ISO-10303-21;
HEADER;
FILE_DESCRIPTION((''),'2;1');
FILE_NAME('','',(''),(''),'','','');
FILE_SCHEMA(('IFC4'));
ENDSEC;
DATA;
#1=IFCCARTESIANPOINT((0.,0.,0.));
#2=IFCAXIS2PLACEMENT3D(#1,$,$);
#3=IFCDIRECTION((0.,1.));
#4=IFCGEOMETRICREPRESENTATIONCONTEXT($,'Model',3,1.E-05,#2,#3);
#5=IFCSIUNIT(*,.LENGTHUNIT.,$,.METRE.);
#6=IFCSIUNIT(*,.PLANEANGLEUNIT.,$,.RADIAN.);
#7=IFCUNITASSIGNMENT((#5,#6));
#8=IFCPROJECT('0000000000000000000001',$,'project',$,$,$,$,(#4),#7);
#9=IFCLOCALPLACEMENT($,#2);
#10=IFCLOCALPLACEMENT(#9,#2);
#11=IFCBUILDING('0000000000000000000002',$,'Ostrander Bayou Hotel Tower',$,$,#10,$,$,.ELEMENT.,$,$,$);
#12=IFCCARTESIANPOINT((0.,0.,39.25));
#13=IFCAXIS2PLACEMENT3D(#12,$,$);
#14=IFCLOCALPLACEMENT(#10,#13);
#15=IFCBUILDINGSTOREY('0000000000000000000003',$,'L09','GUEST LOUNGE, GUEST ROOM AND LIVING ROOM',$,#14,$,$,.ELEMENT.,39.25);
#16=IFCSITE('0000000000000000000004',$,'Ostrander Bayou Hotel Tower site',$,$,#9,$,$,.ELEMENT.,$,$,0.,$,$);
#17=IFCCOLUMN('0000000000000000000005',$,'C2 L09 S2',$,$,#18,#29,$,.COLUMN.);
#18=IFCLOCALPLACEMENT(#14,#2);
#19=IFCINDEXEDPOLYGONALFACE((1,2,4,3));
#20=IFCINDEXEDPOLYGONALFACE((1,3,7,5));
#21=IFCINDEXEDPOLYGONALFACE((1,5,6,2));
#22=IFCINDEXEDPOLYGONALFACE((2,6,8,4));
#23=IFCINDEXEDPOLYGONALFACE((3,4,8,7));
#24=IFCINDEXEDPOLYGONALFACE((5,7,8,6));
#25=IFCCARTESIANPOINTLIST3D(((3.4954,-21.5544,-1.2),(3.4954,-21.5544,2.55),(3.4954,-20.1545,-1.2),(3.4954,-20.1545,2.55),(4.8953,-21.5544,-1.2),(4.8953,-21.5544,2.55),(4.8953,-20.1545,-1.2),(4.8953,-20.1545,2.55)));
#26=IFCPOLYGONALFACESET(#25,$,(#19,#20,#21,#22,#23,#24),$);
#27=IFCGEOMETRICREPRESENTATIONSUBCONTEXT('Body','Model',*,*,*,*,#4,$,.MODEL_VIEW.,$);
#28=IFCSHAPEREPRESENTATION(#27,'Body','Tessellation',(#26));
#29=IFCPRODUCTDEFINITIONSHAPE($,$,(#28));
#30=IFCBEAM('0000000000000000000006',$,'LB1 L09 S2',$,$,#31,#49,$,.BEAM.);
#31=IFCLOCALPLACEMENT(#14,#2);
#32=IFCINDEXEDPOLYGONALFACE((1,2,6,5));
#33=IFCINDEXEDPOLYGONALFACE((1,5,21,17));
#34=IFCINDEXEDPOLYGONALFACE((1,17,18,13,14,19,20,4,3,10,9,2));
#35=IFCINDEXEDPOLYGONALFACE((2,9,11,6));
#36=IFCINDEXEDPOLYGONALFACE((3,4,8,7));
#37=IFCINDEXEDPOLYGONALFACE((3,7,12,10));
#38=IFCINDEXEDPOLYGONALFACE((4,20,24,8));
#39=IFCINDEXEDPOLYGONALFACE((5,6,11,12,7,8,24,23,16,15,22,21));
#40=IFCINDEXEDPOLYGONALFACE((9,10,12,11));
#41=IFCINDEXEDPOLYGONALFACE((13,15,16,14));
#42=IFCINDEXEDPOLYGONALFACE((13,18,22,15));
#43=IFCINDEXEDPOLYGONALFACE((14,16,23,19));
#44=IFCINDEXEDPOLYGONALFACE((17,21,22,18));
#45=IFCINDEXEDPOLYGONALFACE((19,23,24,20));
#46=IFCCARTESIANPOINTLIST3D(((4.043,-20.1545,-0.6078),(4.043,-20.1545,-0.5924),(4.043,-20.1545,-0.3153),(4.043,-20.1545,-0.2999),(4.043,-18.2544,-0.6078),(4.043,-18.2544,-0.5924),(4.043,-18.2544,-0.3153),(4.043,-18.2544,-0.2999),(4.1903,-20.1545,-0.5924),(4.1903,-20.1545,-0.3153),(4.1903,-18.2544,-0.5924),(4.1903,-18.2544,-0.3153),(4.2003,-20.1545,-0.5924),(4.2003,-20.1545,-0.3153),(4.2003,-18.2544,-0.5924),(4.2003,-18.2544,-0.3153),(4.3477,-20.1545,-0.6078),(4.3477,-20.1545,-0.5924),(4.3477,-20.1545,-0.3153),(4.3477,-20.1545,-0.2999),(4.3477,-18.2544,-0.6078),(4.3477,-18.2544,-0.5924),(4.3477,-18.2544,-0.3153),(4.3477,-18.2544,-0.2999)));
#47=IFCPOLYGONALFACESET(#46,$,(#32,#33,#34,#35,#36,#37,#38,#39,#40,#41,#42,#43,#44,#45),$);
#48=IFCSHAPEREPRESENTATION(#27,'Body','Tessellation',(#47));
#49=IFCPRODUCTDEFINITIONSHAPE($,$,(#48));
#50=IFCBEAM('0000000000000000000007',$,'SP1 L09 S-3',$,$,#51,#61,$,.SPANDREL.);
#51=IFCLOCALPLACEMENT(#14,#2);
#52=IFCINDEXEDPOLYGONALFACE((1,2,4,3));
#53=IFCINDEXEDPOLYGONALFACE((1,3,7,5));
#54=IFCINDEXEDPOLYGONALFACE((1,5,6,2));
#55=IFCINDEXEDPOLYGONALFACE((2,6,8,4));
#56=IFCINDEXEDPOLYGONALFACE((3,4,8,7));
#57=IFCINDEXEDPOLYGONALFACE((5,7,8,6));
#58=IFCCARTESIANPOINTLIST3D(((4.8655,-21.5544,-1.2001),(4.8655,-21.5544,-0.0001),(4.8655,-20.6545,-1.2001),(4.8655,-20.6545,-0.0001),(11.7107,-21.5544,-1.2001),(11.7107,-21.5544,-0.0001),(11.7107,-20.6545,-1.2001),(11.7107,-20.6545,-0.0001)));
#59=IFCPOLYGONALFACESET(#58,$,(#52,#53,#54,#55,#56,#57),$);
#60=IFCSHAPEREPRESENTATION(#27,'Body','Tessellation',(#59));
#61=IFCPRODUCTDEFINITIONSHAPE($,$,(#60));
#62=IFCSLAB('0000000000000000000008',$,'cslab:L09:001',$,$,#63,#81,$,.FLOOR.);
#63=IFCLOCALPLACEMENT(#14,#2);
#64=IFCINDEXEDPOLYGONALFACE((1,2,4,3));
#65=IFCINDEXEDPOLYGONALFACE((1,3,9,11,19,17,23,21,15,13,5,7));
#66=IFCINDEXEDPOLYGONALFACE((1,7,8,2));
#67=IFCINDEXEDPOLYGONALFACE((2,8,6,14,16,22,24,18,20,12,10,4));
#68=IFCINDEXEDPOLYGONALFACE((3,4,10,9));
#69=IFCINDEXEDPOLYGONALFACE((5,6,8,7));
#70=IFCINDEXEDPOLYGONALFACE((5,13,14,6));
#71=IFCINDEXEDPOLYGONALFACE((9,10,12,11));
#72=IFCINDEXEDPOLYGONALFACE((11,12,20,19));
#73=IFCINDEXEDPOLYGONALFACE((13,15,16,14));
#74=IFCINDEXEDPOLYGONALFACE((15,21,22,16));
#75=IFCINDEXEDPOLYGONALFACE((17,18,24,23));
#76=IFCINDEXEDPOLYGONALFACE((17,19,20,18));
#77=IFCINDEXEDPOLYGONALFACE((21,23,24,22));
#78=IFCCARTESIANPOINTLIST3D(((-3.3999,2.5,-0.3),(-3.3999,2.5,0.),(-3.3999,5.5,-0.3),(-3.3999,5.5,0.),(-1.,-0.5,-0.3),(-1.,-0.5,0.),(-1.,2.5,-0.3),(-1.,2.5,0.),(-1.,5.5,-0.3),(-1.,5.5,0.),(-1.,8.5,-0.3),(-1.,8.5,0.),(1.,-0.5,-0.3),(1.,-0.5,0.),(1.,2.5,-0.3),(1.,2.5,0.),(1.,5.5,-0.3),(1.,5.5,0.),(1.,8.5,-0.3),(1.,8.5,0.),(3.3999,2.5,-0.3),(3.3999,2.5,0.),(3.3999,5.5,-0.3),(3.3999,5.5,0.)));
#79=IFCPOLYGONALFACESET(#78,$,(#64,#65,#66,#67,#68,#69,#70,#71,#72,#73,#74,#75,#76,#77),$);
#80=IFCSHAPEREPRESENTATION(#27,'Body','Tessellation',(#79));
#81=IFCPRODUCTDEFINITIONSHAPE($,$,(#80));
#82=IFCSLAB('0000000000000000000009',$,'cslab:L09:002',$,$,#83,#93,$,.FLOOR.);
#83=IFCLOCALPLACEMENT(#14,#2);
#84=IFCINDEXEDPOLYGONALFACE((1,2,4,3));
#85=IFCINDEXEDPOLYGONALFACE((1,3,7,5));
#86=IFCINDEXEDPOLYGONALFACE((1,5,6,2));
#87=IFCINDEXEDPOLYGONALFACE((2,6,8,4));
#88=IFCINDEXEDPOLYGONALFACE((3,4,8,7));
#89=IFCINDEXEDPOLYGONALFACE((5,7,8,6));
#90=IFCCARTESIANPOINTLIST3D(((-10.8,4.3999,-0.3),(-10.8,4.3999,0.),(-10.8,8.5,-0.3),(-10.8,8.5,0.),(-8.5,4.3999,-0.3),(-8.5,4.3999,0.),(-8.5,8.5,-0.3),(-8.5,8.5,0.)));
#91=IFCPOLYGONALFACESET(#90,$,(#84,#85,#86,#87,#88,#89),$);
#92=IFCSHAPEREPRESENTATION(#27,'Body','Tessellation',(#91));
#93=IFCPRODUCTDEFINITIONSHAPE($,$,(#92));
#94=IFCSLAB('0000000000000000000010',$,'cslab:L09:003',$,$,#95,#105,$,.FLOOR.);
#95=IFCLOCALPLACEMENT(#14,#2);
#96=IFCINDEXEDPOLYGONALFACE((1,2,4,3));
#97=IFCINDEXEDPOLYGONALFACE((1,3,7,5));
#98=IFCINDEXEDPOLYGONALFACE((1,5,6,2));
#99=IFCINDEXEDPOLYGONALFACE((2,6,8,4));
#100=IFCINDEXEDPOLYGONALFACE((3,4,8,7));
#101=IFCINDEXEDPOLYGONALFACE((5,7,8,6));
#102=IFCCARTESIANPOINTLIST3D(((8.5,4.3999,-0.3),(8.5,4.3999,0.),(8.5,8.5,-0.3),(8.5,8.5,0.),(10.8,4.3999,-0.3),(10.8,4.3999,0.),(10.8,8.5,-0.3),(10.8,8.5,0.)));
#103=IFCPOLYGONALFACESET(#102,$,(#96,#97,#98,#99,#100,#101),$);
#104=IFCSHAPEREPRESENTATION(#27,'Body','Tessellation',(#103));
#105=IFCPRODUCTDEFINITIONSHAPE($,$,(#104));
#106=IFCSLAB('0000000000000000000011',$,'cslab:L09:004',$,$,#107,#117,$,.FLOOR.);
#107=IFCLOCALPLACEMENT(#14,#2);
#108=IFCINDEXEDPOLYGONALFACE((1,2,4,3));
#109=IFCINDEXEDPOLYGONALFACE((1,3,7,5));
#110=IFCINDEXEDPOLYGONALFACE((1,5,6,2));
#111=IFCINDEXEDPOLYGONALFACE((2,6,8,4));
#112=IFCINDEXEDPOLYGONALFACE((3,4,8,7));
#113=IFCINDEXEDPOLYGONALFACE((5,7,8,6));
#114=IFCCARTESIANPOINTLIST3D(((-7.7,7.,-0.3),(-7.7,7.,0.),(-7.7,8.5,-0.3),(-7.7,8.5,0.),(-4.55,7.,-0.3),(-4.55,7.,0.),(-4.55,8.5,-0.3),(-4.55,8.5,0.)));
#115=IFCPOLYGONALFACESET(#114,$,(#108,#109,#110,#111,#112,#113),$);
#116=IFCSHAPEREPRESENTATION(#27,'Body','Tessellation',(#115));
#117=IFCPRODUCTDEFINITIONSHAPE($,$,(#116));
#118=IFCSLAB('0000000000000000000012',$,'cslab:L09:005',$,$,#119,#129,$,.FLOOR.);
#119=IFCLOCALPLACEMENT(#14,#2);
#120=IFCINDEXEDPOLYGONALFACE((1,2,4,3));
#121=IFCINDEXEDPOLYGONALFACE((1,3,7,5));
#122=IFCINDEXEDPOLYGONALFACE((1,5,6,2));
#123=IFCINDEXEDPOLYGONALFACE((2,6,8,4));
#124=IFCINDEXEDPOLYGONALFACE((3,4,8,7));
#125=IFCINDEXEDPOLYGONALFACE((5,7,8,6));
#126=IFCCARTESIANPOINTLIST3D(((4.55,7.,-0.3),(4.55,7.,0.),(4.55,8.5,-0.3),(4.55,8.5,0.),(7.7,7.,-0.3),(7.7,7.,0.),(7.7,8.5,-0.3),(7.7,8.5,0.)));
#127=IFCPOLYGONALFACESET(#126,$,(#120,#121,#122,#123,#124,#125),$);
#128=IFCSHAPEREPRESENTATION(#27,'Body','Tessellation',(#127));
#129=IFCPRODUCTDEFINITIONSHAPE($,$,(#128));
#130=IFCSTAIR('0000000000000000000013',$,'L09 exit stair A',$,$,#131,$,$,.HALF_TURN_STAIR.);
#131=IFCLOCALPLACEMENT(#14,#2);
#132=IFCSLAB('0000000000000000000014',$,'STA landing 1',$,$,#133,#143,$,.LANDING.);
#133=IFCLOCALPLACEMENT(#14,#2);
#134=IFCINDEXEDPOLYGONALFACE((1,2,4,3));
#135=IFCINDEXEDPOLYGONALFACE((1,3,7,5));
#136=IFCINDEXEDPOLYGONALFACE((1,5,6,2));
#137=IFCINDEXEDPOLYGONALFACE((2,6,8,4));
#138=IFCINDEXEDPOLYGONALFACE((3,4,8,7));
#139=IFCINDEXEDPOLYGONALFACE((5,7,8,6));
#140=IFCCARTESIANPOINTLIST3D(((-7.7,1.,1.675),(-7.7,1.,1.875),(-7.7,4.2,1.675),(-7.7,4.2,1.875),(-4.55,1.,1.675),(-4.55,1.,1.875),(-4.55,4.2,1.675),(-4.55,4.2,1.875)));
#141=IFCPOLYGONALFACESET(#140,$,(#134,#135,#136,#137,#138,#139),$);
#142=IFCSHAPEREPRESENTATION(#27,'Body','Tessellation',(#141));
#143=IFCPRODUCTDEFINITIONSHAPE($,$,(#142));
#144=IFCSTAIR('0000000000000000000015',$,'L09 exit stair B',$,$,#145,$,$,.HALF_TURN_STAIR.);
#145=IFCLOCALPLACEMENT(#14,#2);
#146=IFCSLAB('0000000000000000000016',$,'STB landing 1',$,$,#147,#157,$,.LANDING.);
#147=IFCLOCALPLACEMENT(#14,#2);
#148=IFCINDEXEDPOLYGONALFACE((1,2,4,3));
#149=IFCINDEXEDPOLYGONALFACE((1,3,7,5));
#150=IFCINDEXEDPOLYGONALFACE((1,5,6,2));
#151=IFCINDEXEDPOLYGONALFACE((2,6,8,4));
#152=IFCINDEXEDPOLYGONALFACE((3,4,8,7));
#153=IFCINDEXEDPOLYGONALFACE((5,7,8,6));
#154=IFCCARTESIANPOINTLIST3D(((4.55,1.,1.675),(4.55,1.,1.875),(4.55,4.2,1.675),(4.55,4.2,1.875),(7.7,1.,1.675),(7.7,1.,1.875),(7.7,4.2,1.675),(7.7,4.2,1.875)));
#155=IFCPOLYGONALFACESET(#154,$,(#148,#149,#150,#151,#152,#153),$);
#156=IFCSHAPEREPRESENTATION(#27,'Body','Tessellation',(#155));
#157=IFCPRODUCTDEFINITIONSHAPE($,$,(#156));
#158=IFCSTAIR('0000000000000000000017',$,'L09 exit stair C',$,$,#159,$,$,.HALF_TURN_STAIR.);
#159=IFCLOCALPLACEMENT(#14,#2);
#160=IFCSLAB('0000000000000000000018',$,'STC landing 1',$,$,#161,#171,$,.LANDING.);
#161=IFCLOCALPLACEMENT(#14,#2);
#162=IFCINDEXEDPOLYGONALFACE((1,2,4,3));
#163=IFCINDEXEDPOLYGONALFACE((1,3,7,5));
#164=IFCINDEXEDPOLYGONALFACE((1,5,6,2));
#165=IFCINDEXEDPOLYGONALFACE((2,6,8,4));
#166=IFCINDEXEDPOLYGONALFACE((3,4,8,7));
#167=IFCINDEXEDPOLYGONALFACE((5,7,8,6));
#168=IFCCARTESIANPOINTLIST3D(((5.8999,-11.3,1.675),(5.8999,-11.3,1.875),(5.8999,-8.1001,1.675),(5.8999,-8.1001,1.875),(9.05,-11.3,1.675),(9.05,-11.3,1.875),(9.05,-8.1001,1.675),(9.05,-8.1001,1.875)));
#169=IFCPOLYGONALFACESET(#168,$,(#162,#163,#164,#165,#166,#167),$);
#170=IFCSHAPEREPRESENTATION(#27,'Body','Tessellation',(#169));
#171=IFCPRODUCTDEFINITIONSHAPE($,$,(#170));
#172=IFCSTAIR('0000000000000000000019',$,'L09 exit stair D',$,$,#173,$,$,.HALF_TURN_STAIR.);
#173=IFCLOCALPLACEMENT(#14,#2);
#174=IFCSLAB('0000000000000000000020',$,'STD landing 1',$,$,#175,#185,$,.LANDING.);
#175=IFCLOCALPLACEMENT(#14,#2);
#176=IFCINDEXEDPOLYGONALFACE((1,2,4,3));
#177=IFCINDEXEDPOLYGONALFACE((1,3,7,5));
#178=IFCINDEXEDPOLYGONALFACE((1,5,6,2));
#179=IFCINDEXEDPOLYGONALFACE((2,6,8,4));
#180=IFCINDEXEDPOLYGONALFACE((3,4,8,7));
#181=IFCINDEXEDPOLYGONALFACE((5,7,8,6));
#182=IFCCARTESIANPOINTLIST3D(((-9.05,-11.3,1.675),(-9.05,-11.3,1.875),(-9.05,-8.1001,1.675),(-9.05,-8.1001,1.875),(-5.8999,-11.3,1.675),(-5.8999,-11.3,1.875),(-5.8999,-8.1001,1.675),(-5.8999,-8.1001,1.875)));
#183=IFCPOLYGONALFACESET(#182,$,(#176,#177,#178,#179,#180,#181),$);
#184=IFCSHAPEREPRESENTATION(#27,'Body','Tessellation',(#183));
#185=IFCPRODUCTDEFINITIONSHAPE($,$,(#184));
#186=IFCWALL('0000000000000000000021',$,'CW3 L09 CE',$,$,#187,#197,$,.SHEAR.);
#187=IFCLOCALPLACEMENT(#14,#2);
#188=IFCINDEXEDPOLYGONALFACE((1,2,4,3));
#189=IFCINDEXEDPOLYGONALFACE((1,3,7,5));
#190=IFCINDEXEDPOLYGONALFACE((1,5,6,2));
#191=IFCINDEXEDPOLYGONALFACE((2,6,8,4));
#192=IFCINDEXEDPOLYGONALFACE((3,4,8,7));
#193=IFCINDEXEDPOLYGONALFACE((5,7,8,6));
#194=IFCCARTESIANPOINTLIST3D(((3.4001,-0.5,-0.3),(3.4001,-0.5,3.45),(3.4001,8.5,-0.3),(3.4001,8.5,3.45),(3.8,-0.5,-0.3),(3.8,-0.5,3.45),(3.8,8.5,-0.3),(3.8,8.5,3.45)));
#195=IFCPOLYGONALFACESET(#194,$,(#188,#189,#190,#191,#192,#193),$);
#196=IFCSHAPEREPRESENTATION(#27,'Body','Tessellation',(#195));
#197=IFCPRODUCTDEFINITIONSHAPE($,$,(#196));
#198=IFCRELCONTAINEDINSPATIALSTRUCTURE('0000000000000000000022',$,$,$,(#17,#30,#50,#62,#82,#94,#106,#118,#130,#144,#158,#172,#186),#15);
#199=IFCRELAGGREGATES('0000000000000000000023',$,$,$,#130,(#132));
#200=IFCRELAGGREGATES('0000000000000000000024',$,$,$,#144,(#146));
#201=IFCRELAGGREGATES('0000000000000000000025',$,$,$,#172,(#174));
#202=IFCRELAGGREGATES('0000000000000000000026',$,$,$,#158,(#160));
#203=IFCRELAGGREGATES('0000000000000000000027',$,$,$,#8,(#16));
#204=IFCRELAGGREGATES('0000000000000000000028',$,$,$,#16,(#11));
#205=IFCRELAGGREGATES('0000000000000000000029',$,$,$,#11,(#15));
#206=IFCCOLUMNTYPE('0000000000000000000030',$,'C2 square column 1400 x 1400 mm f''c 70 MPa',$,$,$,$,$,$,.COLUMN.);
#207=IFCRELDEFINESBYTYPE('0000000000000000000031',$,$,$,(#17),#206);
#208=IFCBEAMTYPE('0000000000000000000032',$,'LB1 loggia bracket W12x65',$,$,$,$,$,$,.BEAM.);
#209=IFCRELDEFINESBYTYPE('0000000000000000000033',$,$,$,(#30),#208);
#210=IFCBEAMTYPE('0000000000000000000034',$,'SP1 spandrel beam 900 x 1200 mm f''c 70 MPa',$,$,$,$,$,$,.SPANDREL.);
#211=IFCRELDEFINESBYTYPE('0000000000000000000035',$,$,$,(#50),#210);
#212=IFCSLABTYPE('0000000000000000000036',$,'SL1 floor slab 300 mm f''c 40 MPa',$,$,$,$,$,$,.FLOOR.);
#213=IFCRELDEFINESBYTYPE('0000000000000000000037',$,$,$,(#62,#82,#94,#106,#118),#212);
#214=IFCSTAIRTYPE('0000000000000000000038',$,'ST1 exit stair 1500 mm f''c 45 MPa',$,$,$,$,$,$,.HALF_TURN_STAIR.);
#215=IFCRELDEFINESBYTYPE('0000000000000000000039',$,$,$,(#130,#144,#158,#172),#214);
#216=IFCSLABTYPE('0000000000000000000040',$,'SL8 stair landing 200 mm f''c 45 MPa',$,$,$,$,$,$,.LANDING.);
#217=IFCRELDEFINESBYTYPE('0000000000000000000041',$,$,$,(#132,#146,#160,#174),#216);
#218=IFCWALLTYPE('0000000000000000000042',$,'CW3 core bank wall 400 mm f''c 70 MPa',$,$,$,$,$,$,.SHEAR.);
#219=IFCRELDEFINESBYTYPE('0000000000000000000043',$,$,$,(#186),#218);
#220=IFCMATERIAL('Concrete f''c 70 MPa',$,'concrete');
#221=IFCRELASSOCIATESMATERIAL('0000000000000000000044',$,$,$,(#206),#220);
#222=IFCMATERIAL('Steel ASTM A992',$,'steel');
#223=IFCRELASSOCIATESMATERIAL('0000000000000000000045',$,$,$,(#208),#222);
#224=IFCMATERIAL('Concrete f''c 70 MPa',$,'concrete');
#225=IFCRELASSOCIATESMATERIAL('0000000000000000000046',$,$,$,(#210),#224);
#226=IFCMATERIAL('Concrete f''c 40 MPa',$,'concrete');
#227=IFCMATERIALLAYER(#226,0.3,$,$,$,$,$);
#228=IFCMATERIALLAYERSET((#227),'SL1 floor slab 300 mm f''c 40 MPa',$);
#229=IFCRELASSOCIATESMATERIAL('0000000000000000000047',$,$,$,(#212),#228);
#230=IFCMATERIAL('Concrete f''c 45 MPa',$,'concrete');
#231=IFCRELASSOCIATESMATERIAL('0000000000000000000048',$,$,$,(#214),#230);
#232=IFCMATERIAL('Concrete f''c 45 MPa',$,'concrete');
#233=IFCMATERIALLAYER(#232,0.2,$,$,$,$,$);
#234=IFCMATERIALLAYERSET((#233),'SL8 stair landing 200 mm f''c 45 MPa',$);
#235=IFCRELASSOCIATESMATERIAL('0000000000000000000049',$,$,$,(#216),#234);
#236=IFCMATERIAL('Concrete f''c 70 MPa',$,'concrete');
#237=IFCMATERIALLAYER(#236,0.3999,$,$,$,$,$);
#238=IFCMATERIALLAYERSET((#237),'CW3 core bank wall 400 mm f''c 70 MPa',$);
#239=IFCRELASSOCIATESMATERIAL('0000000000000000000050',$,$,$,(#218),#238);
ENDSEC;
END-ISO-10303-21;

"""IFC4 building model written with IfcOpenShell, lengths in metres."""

from ifc_helpers import new_model, si_unit, direction, frame, frame_2d, origin, origin_2d, place, context, subcontext, project, spatial, polyline, rectangle, i_section, outline, extrude, material, layer, layer_set, material_profile, profile_set, type_object, element, aggregate, save


model = new_model("IFC4")

# Units and contexts
model_context = context("Model", 3, precision=1e-05, world=origin(), true_north=direction((0.0, 1.0)))
body_context = subcontext(model_context, "Body", "Model", "MODEL_VIEW")
ifc_project = project(units=[si_unit("LENGTHUNIT", "METRE"), si_unit("PLANEANGLEUNIT", "RADIAN")], contexts=[model_context])

# Site, building, storey
site_placement = place(None, origin())
site = spatial("IfcSite", under=ifc_project, at=site_placement, Name="Ostrander Bayou Hotel Tower site", CompositionType="ELEMENT", RefElevation=0.0)
building_placement = place(site_placement, origin())
building = spatial("IfcBuilding", under=site, at=building_placement, Name="Ostrander Bayou Hotel Tower", CompositionType="ELEMENT")
storey_placement = place(building_placement, frame((0.0, 0.0, 39.25)))
storey = spatial("IfcBuildingStorey", under=building, at=storey_placement, Name="L09", Description="GUEST LOUNGE, GUEST ROOM AND LIVING ROOM", CompositionType="ELEMENT", Elevation=39.25)

# Column
ifc_material_1 = material(Name="Concrete f'c 70 MPa", Category="concrete")
ifc_material_profile_1 = material_profile(ifc_material_1, rectangle(XDim=1.3999, YDim=1.3999, at=origin_2d()))
ifc_profile_set_1 = profile_set([ifc_material_profile_1], Name="Concrete f'c 70 MPa")
column_type = type_object("IfcColumnType", Name="C2 square column 1400 x 1400 mm f'c 70 MPa", PredefinedType="COLUMN", material=ifc_profile_set_1)
column_placement = place(storey_placement, frame((4.1953, -20.8545, -1.2), z_axis=(0.0, 0.0, 1.0), x_axis=(-1.0, 0.0, 0.0)))
element("IfcColumn", 1, at=column_placement, inside=storey, type_object=column_type, Name="C2 L09 S2", PredefinedType="COLUMN", context=body_context, shape_type="SweptSolid", body=[
    extrude(rectangle(XDim=1.3999, YDim=1.3999, at=origin_2d()), origin(), (0.0, 0.0, 1.0), 3.75),
])

# Beams
ifc_material_2 = material(Name="Steel ASTM A992", Category="steel")
ifc_material_profile_2 = material_profile(ifc_material_2, i_section(OverallWidth=0.3047, OverallDepth=0.3079, WebThickness=0.01, FlangeThickness=0.0154, at=origin_2d()))
ifc_profile_set_2 = profile_set([ifc_material_profile_2], Name="Steel ASTM A992")
beam_type_1 = type_object("IfcBeamType", Name="LB1 loggia bracket W12x65", PredefinedType="BEAM", material=ifc_profile_set_2)
beam_1_placement = place(storey_placement, frame((4.1953, -20.1545, -0.4539), z_axis=(0.0, 1.0, 0.0), x_axis=(-1.0, 0.0, 0.0)))
element("IfcBeam", 2, at=beam_1_placement, inside=storey, type_object=beam_type_1, Name="LB1 L09 S2", PredefinedType="BEAM", context=body_context, shape_type="SweptSolid", body=[
    extrude(i_section(OverallWidth=0.3047, OverallDepth=0.3079, WebThickness=0.01, FlangeThickness=0.0154, at=origin_2d()), origin(), (0.0, 0.0, 1.0), 1.9001),
])
ifc_material_3 = material(Name="Concrete f'c 70 MPa", Category="concrete")
ifc_material_profile_3 = material_profile(ifc_material_3, rectangle(XDim=0.8999, YDim=1.2, at=origin_2d()))
ifc_profile_set_3 = profile_set([ifc_material_profile_3], Name="Concrete f'c 70 MPa")
beam_type_2 = type_object("IfcBeamType", Name="SP1 spandrel beam 900 x 1200 mm f'c 70 MPa", PredefinedType="SPANDREL", material=ifc_profile_set_3)
beam_2_placement = place(storey_placement, frame((4.8655, -21.1045, -0.6001), z_axis=(1.0, 0.0, 0.0), x_axis=(0.0, 1.0, 0.0)))
element("IfcBeam", 3, at=beam_2_placement, inside=storey, type_object=beam_type_2, Name="SP1 L09 S-3", PredefinedType="SPANDREL", context=body_context, shape_type="SweptSolid", body=[
    extrude(rectangle(XDim=0.8999, YDim=1.2, at=origin_2d()), origin(), (0.0, 0.0, 1.0), 6.8452),
])

# Slabs
ifc_material_4 = material(Name="Concrete f'c 40 MPa", Category="concrete")
ifc_layer_1 = layer(ifc_material_4, 0.3)
ifc_layer_set_1 = layer_set([ifc_layer_1], Name="SL1 floor slab 300 mm f'c 40 MPa")
slab_type_1 = type_object("IfcSlabType", Name="SL1 floor slab 300 mm f'c 40 MPa", PredefinedType="FLOOR", material=ifc_layer_set_1)
slab_1_placement = place(storey_placement, frame((0.0, 0.0, -0.3)))
element("IfcSlab", 4, at=slab_1_placement, inside=storey, type_object=slab_type_1, Name="cslab:L09:001", PredefinedType="FLOOR", context=body_context, shape_type="SweptSolid", body=[
    extrude(outline(polyline([(-3.3999, 5.5), (-1.0, 5.5), (-1.0, 8.5), (1.0, 8.5), (1.0, 5.5), (3.3999, 5.5), (3.3999, 2.5), (1.0, 2.5), (1.0, -0.5), (-1.0, -0.5), (-1.0, 2.5), (-3.3999, 2.5), (-3.3999, 5.5)])), origin(), (0.0, 0.0, 1.0), 0.3),
])
slab_2_placement = place(storey_placement, frame((0.0, 0.0, -0.3)))
element("IfcSlab", 5, at=slab_2_placement, inside=storey, type_object=slab_type_1, Name="cslab:L09:002", PredefinedType="FLOOR", context=body_context, shape_type="SweptSolid", body=[
    extrude(outline(polyline([(-8.5, 4.3999), (-8.5, 8.5), (-10.8, 8.5), (-10.8, 4.3999), (-8.5, 4.3999)])), origin(), (0.0, 0.0, 1.0), 0.3),
])
slab_3_placement = place(storey_placement, frame((0.0, 0.0, -0.3)))
element("IfcSlab", 6, at=slab_3_placement, inside=storey, type_object=slab_type_1, Name="cslab:L09:003", PredefinedType="FLOOR", context=body_context, shape_type="SweptSolid", body=[
    extrude(outline(polyline([(10.8, 4.3999), (10.8, 8.5), (8.5, 8.5), (8.5, 4.3999), (10.8, 4.3999)])), origin(), (0.0, 0.0, 1.0), 0.3),
])
slab_4_placement = place(storey_placement, frame((0.0, 0.0, -0.3)))
element("IfcSlab", 7, at=slab_4_placement, inside=storey, type_object=slab_type_1, Name="cslab:L09:004", PredefinedType="FLOOR", context=body_context, shape_type="SweptSolid", body=[
    extrude(outline(polyline([(-4.55, 7.0), (-4.55, 8.5), (-7.7, 8.5), (-7.7, 7.0), (-4.55, 7.0)])), origin(), (0.0, 0.0, 1.0), 0.3),
])
slab_5_placement = place(storey_placement, frame((0.0, 0.0, -0.3)))
element("IfcSlab", 8, at=slab_5_placement, inside=storey, type_object=slab_type_1, Name="cslab:L09:005", PredefinedType="FLOOR", context=body_context, shape_type="SweptSolid", body=[
    extrude(outline(polyline([(7.7, 7.0), (7.7, 8.5), (4.55, 8.5), (4.55, 7.0), (7.7, 7.0)])), origin(), (0.0, 0.0, 1.0), 0.3),
])

# Stairs, slabs
ifc_material_5 = material(Name="Concrete f'c 45 MPa", Category="concrete")
stair_type = type_object("IfcStairType", Name="ST1 exit stair 1500 mm f'c 45 MPa", PredefinedType="HALF_TURN_STAIR", material=ifc_material_5)
stair_1_placement = place(storey_placement, origin())
stair_1 = element("IfcStair", 9, at=stair_1_placement, inside=storey, type_object=stair_type, Name="L09 exit stair A", PredefinedType="HALF_TURN_STAIR")
ifc_material_6 = material(Name="Concrete f'c 45 MPa", Category="concrete")
ifc_layer_2 = layer(ifc_material_6, 0.2)
ifc_layer_set_2 = layer_set([ifc_layer_2], Name="SL8 stair landing 200 mm f'c 45 MPa")
slab_type_2 = type_object("IfcSlabType", Name="SL8 stair landing 200 mm f'c 45 MPa", PredefinedType="LANDING", material=ifc_layer_set_2)
slab_6_placement = place(storey_placement, frame((0.0, 0.0, 1.675)))
slab_6 = element("IfcSlab", 10, at=slab_6_placement, type_object=slab_type_2, Name="STA landing 1", PredefinedType="LANDING", context=body_context, shape_type="SweptSolid", body=[
    extrude(outline(polyline([(-7.7, 4.2), (-7.7, 1.0), (-4.55, 1.0), (-4.55, 4.2), (-7.7, 4.2)])), origin(), (0.0, 0.0, 1.0), 0.2),
])
aggregate(stair_1, [slab_6])
stair_2_placement = place(storey_placement, origin())
stair_2 = element("IfcStair", 11, at=stair_2_placement, inside=storey, type_object=stair_type, Name="L09 exit stair B", PredefinedType="HALF_TURN_STAIR")
slab_7_placement = place(storey_placement, frame((0.0, 0.0, 1.675)))
slab_7 = element("IfcSlab", 12, at=slab_7_placement, type_object=slab_type_2, Name="STB landing 1", PredefinedType="LANDING", context=body_context, shape_type="SweptSolid", body=[
    extrude(outline(polyline([(4.55, 4.2), (4.55, 1.0), (7.7, 1.0), (7.7, 4.2), (4.55, 4.2)])), origin(), (0.0, 0.0, 1.0), 0.2),
])
aggregate(stair_2, [slab_7])
stair_3_placement = place(storey_placement, origin())
stair_3 = element("IfcStair", 13, at=stair_3_placement, inside=storey, type_object=stair_type, Name="L09 exit stair C", PredefinedType="HALF_TURN_STAIR")
slab_8_placement = place(storey_placement, frame((0.0, 0.0, 1.675)))
slab_8 = element("IfcSlab", 14, at=slab_8_placement, type_object=slab_type_2, Name="STC landing 1", PredefinedType="LANDING", context=body_context, shape_type="SweptSolid", body=[
    extrude(outline(polyline([(5.8999, -8.1001), (5.8999, -11.3), (9.05, -11.3), (9.05, -8.1001), (5.8999, -8.1001)])), origin(), (0.0, 0.0, 1.0), 0.2),
])
stair_4_placement = place(storey_placement, origin())
stair_4 = element("IfcStair", 15, at=stair_4_placement, inside=storey, type_object=stair_type, Name="L09 exit stair D", PredefinedType="HALF_TURN_STAIR")
slab_9_placement = place(storey_placement, frame((0.0, 0.0, 1.675)))
slab_9 = element("IfcSlab", 16, at=slab_9_placement, type_object=slab_type_2, Name="STD landing 1", PredefinedType="LANDING", context=body_context, shape_type="SweptSolid", body=[
    extrude(outline(polyline([(-9.05, -8.1001), (-9.05, -11.3), (-5.8999, -11.3), (-5.8999, -8.1001), (-9.05, -8.1001)])), origin(), (0.0, 0.0, 1.0), 0.2),
])
aggregate(stair_4, [slab_9])

# Wall
ifc_material_7 = material(Name="Concrete f'c 70 MPa", Category="concrete")
ifc_layer_3 = layer(ifc_material_7, 0.3999)
ifc_layer_set_3 = layer_set([ifc_layer_3], Name="CW3 core bank wall 400 mm f'c 70 MPa")
wall_type_1 = type_object("IfcWallType", Name="CW3 core bank wall 400 mm f'c 70 MPa", PredefinedType="SHEAR", material=ifc_layer_set_3)
wall_1_placement = place(storey_placement, frame((3.6001, -0.5, -0.3), z_axis=(0.0, 0.0, 1.0), x_axis=(0.0, 1.0, 0.0)))
element("IfcWall", 17, at=wall_1_placement, inside=storey, type_object=wall_type_1, Name="CW3 L09 CE", PredefinedType="SHEAR", context=body_context, shape_type="SweptSolid", body=[
    extrude(rectangle(XDim=9.0, YDim=0.3999, at=frame_2d((4.5, 0.0))), origin(), (0.0, 0.0, 1.0), 3.75),
])

aggregate(stair_3, [slab_8])

save(model, "model.ifc")
